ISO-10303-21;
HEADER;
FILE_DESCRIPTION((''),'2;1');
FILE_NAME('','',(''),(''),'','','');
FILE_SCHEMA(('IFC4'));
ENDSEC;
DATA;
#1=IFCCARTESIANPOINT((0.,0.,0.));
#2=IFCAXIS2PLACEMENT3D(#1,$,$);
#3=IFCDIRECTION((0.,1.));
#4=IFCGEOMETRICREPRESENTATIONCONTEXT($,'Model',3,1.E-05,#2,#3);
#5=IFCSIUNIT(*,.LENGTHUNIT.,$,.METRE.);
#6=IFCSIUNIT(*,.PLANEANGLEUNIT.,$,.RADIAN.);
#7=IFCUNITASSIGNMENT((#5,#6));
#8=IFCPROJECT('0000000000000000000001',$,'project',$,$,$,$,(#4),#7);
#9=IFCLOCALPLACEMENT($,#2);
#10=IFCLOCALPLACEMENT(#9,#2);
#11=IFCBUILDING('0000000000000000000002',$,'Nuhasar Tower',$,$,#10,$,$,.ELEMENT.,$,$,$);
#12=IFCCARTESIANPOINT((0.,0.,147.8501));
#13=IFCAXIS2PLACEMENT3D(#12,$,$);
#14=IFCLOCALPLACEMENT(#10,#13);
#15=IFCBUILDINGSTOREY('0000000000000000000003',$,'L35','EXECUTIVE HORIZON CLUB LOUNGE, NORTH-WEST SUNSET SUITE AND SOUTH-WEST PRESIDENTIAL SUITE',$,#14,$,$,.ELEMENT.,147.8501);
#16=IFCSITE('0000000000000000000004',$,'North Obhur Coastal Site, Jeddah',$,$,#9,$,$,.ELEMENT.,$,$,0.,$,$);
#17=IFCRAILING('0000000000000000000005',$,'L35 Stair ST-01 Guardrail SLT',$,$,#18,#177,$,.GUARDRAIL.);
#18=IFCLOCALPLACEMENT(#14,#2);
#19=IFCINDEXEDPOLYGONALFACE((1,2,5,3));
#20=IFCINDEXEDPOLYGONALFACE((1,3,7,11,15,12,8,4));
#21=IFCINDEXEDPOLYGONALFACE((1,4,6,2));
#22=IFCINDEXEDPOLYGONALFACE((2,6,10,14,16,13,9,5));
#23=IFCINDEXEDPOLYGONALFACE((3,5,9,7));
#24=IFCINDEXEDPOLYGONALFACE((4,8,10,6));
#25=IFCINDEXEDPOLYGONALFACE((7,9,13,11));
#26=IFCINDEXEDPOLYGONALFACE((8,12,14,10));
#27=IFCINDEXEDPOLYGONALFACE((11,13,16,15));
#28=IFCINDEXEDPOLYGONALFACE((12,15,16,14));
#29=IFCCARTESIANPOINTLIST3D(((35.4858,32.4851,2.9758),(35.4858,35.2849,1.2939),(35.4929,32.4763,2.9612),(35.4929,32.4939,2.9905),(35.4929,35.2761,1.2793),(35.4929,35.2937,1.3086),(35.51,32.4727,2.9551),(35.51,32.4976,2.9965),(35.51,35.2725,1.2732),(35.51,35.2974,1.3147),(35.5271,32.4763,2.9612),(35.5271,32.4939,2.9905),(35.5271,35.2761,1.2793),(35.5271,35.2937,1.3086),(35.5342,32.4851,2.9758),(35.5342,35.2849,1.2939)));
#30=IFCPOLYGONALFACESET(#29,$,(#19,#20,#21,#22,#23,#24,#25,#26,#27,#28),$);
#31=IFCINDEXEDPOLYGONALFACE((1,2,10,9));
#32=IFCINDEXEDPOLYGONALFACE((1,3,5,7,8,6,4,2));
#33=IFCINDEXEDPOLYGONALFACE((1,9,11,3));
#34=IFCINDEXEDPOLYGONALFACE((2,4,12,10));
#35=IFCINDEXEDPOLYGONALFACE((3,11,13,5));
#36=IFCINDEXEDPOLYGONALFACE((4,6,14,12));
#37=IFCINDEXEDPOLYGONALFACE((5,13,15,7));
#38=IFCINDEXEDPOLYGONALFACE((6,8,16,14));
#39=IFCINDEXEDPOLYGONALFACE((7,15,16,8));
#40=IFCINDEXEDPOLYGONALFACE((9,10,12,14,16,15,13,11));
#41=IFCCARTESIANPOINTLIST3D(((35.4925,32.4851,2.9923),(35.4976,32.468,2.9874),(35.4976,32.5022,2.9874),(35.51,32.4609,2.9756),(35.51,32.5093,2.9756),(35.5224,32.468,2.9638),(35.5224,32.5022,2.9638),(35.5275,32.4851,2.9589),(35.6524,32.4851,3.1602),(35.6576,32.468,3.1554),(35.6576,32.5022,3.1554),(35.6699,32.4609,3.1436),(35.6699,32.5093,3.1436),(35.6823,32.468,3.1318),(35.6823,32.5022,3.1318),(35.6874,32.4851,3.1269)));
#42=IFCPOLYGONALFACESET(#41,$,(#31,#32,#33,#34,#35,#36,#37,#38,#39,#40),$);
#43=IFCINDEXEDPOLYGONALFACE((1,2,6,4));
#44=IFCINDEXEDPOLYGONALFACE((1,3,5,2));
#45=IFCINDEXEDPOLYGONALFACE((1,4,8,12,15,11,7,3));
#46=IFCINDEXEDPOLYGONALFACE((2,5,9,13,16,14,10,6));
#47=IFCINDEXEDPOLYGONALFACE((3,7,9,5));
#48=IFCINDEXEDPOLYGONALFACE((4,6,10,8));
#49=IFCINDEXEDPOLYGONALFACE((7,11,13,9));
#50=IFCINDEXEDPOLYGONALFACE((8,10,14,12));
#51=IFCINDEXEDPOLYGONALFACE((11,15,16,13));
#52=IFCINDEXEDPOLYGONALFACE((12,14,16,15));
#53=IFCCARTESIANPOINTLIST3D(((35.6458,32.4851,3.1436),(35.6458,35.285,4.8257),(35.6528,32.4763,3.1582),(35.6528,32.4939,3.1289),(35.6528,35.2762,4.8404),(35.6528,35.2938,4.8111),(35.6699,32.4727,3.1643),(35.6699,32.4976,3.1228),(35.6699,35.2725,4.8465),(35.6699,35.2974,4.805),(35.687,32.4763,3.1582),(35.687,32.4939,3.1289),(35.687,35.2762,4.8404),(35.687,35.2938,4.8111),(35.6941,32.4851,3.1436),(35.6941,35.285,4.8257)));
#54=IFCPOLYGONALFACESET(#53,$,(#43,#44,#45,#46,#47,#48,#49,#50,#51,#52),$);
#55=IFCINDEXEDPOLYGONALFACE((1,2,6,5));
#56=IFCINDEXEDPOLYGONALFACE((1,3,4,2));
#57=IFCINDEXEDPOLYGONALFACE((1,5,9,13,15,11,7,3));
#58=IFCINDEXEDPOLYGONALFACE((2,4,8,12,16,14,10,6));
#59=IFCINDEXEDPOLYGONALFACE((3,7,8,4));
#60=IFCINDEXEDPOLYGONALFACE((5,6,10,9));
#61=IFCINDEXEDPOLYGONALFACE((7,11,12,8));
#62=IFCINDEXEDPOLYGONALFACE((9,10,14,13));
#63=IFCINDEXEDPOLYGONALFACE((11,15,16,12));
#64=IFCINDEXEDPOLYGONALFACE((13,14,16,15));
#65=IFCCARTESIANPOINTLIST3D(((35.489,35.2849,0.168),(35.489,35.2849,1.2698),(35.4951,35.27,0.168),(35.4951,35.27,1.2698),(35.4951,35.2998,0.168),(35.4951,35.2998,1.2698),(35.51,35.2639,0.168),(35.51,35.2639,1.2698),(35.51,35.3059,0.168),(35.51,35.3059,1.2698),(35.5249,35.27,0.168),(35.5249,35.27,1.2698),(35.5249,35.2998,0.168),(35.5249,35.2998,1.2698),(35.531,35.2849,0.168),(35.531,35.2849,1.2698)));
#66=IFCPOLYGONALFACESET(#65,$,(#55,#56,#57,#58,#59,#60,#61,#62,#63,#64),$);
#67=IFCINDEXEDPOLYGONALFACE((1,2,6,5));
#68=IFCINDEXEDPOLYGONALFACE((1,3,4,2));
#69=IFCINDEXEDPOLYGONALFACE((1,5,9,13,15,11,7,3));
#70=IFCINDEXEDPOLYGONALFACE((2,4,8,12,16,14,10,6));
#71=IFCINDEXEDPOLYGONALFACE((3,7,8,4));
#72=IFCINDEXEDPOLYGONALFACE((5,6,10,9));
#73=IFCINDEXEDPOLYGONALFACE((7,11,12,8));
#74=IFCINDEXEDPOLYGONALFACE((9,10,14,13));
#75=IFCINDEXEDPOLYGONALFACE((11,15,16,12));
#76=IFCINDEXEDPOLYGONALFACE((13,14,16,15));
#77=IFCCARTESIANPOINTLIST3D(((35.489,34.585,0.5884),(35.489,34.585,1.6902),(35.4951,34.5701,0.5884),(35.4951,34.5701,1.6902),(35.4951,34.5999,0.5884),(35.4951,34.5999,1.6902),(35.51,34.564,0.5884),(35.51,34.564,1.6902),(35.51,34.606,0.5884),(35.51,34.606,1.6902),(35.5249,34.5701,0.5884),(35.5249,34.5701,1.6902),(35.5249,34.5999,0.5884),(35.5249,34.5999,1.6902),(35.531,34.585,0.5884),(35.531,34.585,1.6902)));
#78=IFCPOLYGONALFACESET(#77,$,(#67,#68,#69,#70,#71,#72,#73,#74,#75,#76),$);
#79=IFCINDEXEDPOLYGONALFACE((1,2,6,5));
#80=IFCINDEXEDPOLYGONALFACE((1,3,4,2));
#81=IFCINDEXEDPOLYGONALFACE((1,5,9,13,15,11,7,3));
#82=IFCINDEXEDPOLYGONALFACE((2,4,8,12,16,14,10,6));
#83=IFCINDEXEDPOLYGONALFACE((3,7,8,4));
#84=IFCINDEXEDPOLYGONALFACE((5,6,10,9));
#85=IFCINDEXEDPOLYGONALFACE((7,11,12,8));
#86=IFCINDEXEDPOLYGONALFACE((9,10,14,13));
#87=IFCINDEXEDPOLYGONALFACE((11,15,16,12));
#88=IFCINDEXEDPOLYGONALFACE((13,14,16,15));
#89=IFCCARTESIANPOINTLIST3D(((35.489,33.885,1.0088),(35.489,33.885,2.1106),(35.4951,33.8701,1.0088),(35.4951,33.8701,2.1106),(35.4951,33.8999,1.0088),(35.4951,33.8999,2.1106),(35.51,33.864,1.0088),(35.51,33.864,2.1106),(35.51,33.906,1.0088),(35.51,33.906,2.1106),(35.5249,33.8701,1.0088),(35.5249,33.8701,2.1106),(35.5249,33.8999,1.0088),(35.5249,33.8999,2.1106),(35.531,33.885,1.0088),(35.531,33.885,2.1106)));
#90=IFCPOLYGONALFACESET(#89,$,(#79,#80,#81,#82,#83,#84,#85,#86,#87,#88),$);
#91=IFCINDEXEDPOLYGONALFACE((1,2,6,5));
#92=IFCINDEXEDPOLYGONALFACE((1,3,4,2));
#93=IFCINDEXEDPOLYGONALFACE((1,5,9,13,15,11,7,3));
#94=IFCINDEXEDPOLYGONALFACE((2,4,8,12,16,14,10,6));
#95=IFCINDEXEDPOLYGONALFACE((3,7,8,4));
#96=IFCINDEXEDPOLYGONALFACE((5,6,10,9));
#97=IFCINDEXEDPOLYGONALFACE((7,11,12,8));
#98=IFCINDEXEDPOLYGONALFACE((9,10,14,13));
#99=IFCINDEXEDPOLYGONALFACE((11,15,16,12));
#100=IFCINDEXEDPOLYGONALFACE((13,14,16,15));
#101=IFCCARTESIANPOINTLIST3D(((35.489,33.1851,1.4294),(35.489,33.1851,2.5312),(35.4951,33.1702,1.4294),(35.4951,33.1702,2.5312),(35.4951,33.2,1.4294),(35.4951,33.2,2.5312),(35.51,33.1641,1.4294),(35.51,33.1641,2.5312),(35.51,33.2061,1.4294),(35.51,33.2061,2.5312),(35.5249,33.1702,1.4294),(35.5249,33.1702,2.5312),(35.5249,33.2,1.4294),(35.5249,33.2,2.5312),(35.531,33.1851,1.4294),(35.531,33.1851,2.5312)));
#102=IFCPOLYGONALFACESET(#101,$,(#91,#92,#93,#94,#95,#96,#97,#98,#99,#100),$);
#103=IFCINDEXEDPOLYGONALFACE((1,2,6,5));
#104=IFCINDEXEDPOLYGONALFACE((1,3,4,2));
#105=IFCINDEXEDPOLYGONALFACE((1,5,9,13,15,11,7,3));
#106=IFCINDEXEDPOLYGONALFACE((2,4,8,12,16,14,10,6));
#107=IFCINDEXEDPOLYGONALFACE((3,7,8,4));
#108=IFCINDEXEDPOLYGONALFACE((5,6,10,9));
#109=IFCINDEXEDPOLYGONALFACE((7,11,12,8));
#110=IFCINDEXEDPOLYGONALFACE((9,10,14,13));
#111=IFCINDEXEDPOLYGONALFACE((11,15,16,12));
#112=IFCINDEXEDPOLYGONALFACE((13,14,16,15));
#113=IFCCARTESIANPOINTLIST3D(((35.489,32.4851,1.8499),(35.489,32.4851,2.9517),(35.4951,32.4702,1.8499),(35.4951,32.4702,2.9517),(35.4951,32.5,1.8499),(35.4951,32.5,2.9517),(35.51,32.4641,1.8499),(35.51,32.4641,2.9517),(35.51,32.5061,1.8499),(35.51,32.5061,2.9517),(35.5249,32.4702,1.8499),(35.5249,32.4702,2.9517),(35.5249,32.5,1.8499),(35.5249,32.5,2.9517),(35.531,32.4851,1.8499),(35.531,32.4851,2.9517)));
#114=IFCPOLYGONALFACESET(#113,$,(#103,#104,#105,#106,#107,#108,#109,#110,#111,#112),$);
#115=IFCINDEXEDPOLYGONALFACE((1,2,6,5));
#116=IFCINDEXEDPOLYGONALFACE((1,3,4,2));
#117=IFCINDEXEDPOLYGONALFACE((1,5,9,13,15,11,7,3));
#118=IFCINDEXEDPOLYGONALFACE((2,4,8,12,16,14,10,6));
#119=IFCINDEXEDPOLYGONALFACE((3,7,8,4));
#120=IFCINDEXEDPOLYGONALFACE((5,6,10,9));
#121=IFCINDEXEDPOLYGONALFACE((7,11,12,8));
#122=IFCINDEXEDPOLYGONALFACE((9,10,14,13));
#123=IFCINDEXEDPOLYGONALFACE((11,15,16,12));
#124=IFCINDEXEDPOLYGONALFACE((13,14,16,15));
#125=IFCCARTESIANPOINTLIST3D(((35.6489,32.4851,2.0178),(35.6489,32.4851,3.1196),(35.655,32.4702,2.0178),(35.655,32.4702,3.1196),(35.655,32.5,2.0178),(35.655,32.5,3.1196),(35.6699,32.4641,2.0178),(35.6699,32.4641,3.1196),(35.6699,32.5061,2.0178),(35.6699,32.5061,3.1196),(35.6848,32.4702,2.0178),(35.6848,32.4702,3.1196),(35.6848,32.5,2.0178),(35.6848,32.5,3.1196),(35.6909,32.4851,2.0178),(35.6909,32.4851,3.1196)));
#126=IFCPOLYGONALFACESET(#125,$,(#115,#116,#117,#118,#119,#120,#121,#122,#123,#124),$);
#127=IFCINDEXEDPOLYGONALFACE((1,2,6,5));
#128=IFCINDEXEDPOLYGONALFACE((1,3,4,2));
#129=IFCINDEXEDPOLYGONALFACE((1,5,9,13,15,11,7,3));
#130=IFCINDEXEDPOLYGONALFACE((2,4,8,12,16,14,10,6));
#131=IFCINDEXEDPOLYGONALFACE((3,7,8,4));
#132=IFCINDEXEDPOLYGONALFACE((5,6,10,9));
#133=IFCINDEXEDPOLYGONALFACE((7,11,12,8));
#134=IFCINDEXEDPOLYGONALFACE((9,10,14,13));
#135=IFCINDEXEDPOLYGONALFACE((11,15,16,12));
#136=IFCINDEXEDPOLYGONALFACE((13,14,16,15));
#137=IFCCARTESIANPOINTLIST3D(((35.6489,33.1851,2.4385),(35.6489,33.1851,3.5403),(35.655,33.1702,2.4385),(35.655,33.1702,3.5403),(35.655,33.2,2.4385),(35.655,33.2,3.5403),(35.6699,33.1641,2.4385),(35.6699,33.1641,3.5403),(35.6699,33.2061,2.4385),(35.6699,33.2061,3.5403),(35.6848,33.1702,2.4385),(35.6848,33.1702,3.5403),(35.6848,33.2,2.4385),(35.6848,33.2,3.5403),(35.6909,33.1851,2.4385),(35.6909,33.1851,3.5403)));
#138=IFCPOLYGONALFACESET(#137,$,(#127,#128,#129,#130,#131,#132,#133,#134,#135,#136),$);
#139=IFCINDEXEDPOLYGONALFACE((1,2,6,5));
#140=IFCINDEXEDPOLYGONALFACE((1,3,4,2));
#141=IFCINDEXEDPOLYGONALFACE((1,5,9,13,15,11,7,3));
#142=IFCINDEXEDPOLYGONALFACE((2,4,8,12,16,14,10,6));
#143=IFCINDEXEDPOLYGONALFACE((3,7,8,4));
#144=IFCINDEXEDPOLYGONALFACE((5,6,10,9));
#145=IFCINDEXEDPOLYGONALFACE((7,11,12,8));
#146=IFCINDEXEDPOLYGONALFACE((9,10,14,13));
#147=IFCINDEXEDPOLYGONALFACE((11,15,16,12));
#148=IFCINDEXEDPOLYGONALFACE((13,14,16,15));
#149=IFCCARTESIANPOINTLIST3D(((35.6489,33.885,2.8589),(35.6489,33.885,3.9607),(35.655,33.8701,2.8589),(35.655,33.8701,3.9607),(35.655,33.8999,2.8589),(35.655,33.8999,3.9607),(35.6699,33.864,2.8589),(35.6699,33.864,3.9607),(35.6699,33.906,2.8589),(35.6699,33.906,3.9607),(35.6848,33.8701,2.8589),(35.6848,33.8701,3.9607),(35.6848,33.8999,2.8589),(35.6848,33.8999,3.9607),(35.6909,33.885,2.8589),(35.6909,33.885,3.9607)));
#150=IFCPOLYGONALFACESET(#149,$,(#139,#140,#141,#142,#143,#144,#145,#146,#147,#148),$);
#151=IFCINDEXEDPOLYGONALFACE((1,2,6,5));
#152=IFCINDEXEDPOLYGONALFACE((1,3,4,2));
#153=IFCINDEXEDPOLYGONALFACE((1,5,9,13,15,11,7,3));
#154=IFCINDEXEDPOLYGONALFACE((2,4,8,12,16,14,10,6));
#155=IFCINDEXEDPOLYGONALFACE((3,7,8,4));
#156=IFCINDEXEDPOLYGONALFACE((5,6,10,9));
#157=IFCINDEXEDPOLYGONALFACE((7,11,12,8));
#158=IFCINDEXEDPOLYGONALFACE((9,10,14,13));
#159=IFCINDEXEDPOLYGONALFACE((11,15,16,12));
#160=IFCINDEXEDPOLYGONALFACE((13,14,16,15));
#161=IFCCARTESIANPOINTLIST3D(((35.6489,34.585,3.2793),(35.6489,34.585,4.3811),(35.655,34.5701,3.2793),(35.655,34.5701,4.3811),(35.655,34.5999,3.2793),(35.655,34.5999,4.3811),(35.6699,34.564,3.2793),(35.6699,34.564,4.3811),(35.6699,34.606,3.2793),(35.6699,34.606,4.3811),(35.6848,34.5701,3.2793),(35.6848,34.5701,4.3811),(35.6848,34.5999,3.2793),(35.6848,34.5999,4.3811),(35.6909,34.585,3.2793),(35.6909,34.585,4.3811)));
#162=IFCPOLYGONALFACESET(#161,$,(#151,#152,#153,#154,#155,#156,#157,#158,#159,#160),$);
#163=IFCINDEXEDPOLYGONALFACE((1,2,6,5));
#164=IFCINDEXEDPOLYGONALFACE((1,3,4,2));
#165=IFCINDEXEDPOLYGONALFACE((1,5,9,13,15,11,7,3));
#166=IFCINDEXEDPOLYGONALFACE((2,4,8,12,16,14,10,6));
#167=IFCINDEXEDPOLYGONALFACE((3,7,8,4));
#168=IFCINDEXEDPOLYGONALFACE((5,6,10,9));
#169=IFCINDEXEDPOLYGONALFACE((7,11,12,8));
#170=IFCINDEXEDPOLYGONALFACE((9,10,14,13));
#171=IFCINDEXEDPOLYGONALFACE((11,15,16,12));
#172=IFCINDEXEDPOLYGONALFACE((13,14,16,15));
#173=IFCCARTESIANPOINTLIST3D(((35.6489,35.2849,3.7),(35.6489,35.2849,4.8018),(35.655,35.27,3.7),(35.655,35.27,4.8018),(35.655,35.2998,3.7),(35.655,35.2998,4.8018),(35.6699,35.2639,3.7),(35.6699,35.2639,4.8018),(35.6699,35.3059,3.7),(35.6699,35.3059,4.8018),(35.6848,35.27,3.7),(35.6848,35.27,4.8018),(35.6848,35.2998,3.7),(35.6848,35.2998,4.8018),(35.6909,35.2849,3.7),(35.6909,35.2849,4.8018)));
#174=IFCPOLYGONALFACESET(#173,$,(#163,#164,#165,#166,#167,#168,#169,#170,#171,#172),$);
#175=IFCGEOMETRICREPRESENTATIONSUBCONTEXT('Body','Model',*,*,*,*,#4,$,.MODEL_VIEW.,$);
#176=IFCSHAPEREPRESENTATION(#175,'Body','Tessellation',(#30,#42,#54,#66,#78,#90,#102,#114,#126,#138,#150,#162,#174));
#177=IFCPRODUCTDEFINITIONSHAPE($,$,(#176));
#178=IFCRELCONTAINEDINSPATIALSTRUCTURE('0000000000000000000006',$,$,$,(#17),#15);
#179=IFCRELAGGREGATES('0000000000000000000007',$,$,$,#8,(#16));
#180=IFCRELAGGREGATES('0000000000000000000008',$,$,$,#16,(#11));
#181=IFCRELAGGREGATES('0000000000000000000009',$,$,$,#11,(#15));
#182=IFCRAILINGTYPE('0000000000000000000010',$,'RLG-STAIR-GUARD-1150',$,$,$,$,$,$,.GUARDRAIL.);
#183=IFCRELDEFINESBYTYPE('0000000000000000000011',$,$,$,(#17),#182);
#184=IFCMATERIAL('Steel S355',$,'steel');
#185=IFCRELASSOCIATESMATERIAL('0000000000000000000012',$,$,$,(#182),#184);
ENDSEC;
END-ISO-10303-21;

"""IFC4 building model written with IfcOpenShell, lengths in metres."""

from ifc_helpers import new_model, si_unit, direction, frame, origin, place, context, subcontext, project, spatial, polyline, outline, extrude, material, type_object, element, save


model = new_model("IFC4")

# Units and contexts
model_context = context("Model", 3, precision=1e-05, world=origin(), true_north=direction((0.0, 1.0)))
body_context = subcontext(model_context, "Body", "Model", "MODEL_VIEW")
ifc_project = project(units=[si_unit("LENGTHUNIT", "METRE"), si_unit("PLANEANGLEUNIT", "RADIAN")], contexts=[model_context])

# Site, building, storey
site_placement = place(None, origin())
site = spatial("IfcSite", under=ifc_project, at=site_placement, Name="North Obhur Coastal Site, Jeddah", CompositionType="ELEMENT", RefElevation=0.0)
building_placement = place(site_placement, origin())
building = spatial("IfcBuilding", under=site, at=building_placement, Name="Nuhasar Tower", CompositionType="ELEMENT")
storey_placement = place(building_placement, frame((0.0, 0.0, 147.8501)))
storey = spatial("IfcBuildingStorey", under=building, at=storey_placement, Name="L35", Description="EXECUTIVE HORIZON CLUB LOUNGE, NORTH-WEST SUNSET SUITE AND SOUTH-WEST PRESIDENTIAL SUITE", CompositionType="ELEMENT", Elevation=147.8501)

# Shared definitions
ifc_material_1 = material(Name="Steel S355", Category="steel")

# Railing
railing_type_1 = type_object("IfcRailingType", Name="RLG-STAIR-GUARD-1150", PredefinedType="GUARDRAIL", material=ifc_material_1)
railing_1_placement = place(storey_placement, frame((35.51, 35.2849, 0.168)))
element("IfcRailing", 1, at=railing_1_placement, inside=storey, type_object=railing_type_1, Name="L35 Stair ST-01 Guardrail SLT", PredefinedType="GUARDRAIL", context=body_context, shape_type="SweptSolid", body=[
    extrude(outline(polyline([(0.0242, 0.0), (0.0171, 0.0171), (0.0, 0.0242), (-0.0171, 0.0171), (-0.0242, 0.0), (-0.0171, -0.0171), (0.0, -0.0242), (0.0171, -0.0171), (0.0242, 0.0)])), frame((0.0, 0.0, 1.126), z_axis=(0.0, -0.857222, 0.514946), x_axis=(1.0, 0.0, 0.0)), (0.0, 0.0, 1.0), 3.2661),
    extrude(outline(polyline([(0.0242, 0.0), (0.0171, 0.0171), (0.0, 0.0242), (-0.0171, 0.0171), (-0.0242, 0.0), (-0.0171, -0.0171), (0.0, -0.0242), (0.0171, -0.0171), (0.0242, 0.0)])), frame((0.0, -2.7998, 2.8076), z_axis=(0.689524, 0.0, 0.724263), x_axis=(0.0, 1.0, 0.0)), (0.0, 0.0, 1.0), 0.2319),
    extrude(outline(polyline([(0.0242, 0.0), (0.0171, 0.0171), (0.0, 0.0242), (-0.0171, 0.0171), (-0.0242, 0.0), (-0.0171, -0.0171), (0.0, -0.0242), (0.0171, -0.0171), (0.0242, 0.0)])), frame((0.1599, -2.7998, 2.9756), z_axis=(0.0, 0.857189, 0.515001), x_axis=(-1.0, 0.0, 0.0)), (0.0, 0.0, 1.0), 3.2664),
    extrude(outline(polyline([(0.021, 0.0), (0.0149, 0.0149), (0.0, 0.021), (-0.0149, 0.0149), (-0.021, 0.0), (-0.0149, -0.0149), (0.0, -0.021), (0.0149, -0.0149), (0.021, 0.0)])), origin(), (0.0, 0.0, 1.0), 1.1018),
    extrude(outline(polyline([(0.021, 0.0), (0.0149, 0.0149), (0.0, 0.021), (-0.0149, 0.0149), (-0.021, 0.0), (-0.0149, -0.0149), (0.0, -0.021), (0.0149, -0.0149), (0.021, 0.0)])), frame((0.0, -0.7, 0.4204)), (0.0, 0.0, 1.0), 1.1018),
    extrude(outline(polyline([(0.021, 0.0), (0.0149, 0.0149), (0.0, 0.021), (-0.0149, 0.0149), (-0.021, 0.0), (-0.0149, -0.0149), (0.0, -0.021), (0.0149, -0.0149), (0.021, 0.0)])), frame((0.0, -1.3999, 0.8408)), (0.0, 0.0, 1.0), 1.1018),
    extrude(outline(polyline([(0.021, 0.0), (0.0149, 0.0149), (0.0, 0.021), (-0.0149, 0.0149), (-0.021, 0.0), (-0.0149, -0.0149), (0.0, -0.021), (0.0149, -0.0149), (0.021, 0.0)])), frame((0.0, -2.0999, 1.2615)), (0.0, 0.0, 1.0), 1.1018),
    extrude(outline(polyline([(0.021, 0.0), (0.0149, 0.0149), (0.0, 0.021), (-0.0149, 0.0149), (-0.021, 0.0), (-0.0149, -0.0149), (0.0, -0.021), (0.0149, -0.0149), (0.021, 0.0)])), frame((0.0, -2.7998, 1.6819)), (0.0, 0.0, 1.0), 1.1018),
    extrude(outline(polyline([(0.021, 0.0), (0.0149, 0.0149), (0.0, 0.021), (-0.0149, 0.0149), (-0.021, 0.0), (-0.0149, -0.0149), (0.0, -0.021), (0.0149, -0.0149), (0.021, 0.0)])), frame((0.1599, -2.7998, 1.8499)), (0.0, 0.0, 1.0), 1.1018),
    extrude(outline(polyline([(0.021, 0.0), (0.0149, 0.0149), (0.0, 0.021), (-0.0149, 0.0149), (-0.021, 0.0), (-0.0149, -0.0149), (0.0, -0.021), (0.0149, -0.0149), (0.021, 0.0)])), frame((0.1599, -2.0999, 2.2705)), (0.0, 0.0, 1.0), 1.1018),
    extrude(outline(polyline([(0.021, 0.0), (0.0149, 0.0149), (0.0, 0.021), (-0.0149, 0.0149), (-0.021, 0.0), (-0.0149, -0.0149), (0.0, -0.021), (0.0149, -0.0149), (0.021, 0.0)])), frame((0.1599, -1.3999, 2.6909)), (0.0, 0.0, 1.0), 1.1018),
    extrude(outline(polyline([(0.021, 0.0), (0.0149, 0.0149), (0.0, 0.021), (-0.0149, 0.0149), (-0.021, 0.0), (-0.0149, -0.0149), (0.0, -0.021), (0.0149, -0.0149), (0.021, 0.0)])), frame((0.1599, -0.7, 3.1113)), (0.0, 0.0, 1.0), 1.1018),
    extrude(outline(polyline([(0.021, 0.0), (0.0149, 0.0149), (0.0, 0.021), (-0.0149, 0.0149), (-0.021, 0.0), (-0.0149, -0.0149), (0.0, -0.021), (0.0149, -0.0149), (0.021, 0.0)])), frame((0.1599, 0.0, 3.532)), (0.0, 0.0, 1.0), 1.1018),
])

save(model, "model.ifc")
